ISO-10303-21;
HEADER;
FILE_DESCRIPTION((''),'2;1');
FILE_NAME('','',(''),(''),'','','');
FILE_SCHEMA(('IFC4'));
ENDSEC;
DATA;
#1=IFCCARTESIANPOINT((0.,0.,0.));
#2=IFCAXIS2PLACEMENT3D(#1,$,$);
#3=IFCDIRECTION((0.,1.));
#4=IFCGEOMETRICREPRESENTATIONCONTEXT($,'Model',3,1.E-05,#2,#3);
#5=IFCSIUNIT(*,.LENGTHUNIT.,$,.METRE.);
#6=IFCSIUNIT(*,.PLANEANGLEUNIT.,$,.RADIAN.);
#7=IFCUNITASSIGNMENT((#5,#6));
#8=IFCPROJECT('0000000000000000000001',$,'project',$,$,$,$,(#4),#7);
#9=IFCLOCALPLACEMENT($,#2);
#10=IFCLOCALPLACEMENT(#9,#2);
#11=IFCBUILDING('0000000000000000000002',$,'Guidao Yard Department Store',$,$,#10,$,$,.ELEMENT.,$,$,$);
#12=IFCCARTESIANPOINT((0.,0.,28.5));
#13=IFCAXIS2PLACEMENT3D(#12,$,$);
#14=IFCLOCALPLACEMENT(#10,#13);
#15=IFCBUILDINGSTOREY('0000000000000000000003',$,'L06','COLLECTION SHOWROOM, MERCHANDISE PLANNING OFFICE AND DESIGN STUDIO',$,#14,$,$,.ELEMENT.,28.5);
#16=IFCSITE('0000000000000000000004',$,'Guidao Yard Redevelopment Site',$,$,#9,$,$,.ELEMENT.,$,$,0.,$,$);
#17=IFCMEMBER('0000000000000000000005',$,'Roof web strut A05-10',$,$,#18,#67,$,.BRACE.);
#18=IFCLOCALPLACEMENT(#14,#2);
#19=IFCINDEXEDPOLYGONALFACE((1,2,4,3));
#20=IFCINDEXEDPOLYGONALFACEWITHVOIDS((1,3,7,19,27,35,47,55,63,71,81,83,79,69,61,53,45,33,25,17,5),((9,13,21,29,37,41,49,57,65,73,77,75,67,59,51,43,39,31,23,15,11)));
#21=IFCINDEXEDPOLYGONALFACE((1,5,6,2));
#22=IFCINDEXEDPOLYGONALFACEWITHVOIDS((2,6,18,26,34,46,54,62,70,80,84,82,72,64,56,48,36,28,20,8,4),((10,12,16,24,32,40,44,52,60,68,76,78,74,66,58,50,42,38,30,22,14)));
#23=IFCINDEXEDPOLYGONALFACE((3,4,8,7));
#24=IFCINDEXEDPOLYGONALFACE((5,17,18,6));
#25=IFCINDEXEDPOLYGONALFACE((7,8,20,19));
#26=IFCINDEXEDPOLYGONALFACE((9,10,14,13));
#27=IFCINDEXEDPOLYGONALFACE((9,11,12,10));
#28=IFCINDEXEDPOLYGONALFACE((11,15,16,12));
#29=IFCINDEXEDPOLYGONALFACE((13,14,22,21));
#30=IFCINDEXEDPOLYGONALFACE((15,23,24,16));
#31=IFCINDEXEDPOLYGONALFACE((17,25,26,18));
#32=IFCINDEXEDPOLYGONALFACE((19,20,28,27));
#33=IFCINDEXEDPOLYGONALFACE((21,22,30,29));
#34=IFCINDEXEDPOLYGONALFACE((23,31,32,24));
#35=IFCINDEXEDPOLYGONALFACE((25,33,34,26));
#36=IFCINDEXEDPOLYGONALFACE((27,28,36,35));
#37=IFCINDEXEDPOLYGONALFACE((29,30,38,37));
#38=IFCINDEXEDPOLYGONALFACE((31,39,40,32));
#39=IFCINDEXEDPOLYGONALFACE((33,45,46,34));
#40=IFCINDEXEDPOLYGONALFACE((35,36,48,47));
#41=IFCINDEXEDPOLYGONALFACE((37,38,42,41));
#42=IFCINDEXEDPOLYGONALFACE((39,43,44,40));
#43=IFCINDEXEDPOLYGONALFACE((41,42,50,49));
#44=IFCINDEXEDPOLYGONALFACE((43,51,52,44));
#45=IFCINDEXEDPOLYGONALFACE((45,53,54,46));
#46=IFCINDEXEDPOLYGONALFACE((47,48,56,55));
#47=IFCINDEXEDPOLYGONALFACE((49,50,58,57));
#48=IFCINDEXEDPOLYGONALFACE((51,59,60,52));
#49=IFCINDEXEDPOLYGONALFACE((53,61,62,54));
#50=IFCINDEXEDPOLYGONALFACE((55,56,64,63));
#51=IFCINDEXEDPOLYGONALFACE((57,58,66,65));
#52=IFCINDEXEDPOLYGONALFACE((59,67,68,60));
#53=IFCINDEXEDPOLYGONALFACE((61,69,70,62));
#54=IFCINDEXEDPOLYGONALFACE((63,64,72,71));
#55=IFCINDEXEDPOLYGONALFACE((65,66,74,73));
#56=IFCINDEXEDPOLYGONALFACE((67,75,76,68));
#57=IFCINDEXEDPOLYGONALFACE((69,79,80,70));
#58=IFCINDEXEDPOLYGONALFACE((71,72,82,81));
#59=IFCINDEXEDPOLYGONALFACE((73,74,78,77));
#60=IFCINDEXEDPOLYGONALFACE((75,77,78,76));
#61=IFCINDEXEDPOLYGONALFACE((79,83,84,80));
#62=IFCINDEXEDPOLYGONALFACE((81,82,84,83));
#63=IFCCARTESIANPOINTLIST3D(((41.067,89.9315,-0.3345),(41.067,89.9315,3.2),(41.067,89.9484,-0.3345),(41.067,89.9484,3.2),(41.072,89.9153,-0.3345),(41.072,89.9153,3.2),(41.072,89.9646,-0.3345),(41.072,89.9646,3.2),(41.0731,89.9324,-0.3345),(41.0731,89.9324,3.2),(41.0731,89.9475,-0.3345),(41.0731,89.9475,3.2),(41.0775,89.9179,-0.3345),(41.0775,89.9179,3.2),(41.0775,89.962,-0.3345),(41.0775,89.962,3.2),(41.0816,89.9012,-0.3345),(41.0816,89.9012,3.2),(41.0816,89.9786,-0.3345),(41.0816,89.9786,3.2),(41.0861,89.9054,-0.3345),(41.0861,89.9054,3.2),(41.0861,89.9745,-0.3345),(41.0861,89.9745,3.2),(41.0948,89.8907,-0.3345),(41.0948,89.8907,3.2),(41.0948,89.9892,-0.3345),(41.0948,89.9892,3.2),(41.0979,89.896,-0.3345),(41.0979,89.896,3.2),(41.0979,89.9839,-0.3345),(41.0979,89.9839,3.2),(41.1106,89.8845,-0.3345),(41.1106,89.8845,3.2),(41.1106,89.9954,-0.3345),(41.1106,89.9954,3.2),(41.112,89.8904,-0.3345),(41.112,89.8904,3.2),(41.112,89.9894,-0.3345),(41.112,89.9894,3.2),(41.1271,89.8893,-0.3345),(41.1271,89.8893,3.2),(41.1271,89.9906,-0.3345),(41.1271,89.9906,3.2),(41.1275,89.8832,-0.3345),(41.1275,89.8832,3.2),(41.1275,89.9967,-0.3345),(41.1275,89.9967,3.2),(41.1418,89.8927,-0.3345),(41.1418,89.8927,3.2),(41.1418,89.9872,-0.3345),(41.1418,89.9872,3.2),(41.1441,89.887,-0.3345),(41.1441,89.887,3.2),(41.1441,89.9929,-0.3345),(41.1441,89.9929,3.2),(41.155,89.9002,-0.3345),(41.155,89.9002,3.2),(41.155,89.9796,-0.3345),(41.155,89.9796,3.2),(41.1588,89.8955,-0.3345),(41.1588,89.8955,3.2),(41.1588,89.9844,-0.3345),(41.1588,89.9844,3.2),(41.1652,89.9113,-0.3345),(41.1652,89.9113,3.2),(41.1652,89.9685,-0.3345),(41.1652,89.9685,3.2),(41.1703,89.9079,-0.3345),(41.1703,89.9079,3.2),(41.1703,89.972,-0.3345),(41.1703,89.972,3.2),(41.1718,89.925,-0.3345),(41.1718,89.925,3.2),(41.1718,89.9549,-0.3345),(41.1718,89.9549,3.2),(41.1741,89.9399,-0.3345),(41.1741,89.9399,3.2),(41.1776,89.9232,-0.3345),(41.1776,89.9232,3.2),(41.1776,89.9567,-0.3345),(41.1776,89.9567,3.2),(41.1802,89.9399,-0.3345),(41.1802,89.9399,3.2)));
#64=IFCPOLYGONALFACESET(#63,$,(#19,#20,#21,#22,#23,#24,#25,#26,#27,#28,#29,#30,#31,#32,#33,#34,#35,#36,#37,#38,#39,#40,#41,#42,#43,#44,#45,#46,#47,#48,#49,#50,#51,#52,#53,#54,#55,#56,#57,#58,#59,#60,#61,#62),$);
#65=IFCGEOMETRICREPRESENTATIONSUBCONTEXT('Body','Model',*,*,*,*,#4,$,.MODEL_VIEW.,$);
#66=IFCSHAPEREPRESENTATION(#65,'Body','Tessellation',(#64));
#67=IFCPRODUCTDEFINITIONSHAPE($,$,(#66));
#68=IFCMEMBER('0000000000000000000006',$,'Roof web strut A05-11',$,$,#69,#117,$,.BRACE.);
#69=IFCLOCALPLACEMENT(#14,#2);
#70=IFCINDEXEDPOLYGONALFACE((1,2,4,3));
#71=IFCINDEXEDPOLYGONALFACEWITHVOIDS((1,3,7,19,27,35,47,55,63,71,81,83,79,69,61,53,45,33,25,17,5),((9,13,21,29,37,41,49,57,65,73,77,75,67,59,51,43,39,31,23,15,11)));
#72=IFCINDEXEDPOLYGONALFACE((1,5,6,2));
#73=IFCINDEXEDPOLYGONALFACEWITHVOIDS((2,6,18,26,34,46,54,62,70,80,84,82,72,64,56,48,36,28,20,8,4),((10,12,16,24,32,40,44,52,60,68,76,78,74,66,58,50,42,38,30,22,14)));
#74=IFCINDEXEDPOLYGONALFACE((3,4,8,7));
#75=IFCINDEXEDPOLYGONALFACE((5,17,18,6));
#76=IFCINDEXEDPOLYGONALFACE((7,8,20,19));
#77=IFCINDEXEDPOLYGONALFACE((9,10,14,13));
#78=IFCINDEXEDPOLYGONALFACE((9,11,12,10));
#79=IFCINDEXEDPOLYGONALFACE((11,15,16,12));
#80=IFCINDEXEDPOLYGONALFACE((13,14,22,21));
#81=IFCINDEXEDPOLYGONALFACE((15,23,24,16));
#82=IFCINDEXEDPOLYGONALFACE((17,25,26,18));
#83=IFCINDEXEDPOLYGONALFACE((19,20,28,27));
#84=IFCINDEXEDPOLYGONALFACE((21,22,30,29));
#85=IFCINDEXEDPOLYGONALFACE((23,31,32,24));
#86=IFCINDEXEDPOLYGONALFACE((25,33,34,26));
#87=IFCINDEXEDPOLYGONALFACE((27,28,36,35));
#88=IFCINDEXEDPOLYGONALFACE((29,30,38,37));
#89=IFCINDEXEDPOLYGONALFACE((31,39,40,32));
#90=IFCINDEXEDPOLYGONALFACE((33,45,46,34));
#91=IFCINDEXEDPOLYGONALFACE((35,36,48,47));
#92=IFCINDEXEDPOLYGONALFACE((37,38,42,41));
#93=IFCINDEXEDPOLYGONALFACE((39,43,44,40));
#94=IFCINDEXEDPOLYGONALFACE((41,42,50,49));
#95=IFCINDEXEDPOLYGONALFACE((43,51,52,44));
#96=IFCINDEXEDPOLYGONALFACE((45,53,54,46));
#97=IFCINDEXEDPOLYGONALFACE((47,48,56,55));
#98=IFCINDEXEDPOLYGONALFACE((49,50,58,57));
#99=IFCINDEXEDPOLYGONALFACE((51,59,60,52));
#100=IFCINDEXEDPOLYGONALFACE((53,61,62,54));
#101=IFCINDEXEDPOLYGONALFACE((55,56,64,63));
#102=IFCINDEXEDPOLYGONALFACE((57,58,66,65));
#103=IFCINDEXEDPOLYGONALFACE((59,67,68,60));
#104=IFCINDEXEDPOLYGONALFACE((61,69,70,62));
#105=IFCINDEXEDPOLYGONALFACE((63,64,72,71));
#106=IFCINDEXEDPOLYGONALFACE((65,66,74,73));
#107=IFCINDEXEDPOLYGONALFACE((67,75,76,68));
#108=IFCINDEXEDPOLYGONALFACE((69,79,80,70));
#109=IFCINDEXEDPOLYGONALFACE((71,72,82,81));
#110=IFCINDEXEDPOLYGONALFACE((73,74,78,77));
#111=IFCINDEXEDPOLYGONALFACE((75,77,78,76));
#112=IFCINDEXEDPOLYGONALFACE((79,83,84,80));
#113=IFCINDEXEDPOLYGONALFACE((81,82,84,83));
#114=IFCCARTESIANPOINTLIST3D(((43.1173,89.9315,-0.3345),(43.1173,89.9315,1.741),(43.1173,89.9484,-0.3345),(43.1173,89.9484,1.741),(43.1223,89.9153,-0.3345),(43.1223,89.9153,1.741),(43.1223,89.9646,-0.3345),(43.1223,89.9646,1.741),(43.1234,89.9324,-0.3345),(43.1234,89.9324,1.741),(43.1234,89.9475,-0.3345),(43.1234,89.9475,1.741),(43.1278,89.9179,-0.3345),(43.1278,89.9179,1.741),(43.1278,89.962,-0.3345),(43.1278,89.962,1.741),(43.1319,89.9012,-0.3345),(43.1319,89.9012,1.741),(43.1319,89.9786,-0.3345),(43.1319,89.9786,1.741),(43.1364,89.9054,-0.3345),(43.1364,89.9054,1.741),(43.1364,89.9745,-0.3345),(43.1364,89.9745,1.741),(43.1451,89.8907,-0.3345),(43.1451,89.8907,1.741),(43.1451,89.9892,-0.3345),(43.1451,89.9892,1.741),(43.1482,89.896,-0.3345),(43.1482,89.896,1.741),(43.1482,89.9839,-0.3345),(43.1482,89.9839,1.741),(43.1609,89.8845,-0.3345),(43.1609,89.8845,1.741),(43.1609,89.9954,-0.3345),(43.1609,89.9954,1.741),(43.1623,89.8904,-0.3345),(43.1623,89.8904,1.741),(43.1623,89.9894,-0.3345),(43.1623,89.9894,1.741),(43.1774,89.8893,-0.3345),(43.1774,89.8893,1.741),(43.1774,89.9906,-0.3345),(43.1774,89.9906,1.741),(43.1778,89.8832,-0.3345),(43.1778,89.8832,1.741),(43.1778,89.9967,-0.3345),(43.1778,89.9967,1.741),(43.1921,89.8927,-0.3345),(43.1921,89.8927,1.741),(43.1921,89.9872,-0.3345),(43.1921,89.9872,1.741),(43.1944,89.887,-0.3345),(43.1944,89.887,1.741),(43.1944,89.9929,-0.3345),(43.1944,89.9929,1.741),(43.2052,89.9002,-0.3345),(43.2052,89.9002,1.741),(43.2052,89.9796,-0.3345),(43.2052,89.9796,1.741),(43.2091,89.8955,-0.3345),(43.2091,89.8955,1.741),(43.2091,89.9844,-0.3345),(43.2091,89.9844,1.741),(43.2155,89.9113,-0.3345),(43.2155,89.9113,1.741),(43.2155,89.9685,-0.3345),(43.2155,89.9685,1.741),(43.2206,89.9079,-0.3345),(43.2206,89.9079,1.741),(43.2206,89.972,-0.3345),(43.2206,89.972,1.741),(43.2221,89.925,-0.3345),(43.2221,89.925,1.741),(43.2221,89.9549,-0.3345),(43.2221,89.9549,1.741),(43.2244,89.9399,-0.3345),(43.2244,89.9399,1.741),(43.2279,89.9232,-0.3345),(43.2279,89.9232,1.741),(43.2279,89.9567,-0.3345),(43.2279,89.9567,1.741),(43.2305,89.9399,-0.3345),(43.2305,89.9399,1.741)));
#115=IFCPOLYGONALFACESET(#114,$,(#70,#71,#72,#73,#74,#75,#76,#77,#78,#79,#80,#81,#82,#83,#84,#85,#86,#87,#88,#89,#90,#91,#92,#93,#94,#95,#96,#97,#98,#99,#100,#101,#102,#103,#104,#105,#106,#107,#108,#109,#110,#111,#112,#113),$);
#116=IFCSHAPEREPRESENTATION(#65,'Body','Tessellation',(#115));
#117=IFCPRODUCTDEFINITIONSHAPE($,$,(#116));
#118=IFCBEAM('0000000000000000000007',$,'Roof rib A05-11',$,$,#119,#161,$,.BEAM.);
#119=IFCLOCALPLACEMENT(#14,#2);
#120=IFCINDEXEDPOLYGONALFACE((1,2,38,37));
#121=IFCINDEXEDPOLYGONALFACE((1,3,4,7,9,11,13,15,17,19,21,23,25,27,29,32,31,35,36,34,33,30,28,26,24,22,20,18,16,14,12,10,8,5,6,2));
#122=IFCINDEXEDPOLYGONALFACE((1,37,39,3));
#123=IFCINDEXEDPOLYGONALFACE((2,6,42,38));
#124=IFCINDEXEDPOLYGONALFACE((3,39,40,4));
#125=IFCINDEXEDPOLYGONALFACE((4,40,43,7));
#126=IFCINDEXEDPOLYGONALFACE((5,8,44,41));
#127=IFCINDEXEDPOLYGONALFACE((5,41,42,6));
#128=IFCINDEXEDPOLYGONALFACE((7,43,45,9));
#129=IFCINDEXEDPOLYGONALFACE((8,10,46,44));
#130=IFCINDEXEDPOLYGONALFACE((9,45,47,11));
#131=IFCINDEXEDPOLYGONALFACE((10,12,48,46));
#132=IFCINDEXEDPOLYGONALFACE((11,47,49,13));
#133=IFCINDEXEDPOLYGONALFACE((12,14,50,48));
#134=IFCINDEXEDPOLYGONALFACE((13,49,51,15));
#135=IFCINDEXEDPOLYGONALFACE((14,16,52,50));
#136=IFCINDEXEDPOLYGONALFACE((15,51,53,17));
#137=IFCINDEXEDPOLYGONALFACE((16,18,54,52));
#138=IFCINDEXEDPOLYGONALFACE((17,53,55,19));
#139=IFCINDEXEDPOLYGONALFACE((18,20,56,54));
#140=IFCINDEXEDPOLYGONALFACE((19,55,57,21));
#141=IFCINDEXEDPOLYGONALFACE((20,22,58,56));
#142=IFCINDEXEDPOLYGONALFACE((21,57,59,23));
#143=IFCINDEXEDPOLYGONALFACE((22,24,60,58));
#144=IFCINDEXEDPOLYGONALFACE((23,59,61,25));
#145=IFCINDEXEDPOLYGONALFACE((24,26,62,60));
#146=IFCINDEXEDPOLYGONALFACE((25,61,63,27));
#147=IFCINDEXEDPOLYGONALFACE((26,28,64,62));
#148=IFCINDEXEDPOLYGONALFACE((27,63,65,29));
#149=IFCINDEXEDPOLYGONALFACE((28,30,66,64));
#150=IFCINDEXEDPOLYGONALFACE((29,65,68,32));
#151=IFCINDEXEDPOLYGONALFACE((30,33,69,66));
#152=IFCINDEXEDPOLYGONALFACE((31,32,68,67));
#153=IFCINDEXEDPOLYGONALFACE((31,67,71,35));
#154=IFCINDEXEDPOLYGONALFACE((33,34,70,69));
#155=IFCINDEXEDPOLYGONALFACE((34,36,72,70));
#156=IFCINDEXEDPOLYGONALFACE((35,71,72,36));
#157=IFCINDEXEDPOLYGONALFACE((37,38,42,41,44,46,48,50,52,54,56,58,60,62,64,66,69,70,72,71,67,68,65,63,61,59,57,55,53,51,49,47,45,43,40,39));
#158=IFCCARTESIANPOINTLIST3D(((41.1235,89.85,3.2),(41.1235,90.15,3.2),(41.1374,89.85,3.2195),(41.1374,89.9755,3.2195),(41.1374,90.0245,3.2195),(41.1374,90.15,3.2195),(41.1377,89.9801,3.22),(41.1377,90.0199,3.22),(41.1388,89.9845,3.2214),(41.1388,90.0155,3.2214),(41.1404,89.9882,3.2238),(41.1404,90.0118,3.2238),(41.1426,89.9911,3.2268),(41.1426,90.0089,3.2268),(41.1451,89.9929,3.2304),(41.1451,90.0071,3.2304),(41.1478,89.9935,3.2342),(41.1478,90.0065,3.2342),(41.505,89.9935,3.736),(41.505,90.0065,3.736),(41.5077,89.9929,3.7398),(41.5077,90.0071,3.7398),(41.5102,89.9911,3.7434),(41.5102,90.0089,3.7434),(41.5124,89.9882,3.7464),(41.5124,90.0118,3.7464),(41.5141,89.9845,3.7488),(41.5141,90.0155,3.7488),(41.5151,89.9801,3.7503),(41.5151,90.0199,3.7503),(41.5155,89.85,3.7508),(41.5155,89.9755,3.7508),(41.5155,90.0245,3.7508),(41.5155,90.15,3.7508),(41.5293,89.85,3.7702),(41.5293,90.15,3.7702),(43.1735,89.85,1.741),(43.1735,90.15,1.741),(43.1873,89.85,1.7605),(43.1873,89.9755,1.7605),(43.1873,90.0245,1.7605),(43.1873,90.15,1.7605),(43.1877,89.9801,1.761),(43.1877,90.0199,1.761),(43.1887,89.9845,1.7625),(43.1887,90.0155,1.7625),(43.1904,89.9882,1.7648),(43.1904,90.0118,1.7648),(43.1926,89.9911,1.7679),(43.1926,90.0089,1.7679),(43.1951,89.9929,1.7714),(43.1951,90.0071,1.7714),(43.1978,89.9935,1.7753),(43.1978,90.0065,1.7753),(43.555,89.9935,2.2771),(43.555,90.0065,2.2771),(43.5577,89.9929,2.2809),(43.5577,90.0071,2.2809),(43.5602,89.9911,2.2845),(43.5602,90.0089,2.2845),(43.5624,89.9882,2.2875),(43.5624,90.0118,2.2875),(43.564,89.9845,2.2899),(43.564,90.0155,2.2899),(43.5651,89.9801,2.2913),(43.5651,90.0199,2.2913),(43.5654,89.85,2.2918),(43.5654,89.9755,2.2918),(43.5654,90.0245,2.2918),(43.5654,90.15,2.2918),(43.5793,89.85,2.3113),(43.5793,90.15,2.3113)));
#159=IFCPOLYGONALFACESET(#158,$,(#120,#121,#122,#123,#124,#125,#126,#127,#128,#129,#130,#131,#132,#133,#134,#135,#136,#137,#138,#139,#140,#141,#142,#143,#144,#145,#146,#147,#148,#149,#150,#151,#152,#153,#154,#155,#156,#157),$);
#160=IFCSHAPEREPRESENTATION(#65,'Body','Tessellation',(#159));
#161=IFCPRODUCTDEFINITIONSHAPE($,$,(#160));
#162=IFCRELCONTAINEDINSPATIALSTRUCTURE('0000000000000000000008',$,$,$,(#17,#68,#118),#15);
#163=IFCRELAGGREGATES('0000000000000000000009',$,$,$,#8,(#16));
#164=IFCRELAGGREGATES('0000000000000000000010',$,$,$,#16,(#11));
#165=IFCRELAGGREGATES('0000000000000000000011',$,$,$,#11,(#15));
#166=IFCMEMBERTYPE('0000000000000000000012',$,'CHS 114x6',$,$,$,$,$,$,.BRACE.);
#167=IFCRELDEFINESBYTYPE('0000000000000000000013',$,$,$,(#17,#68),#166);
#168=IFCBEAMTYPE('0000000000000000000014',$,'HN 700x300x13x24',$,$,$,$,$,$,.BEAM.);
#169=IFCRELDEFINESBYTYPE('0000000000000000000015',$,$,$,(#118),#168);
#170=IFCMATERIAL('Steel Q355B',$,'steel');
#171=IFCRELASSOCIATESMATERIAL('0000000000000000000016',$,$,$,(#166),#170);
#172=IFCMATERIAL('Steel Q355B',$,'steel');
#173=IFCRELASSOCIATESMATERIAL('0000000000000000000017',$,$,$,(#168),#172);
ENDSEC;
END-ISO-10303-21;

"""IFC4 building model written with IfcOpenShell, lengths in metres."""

from ifc_helpers import new_model, si_unit, direction, frame, origin, origin_2d, place, context, subcontext, project, spatial, hollow_circle, i_section, extrude, material, material_profile, profile_set, type_object, element, save


model = new_model("IFC4")

# Units and contexts
model_context = context("Model", 3, precision=1e-05, world=origin(), true_north=direction((0.0, 1.0)))
body_context = subcontext(model_context, "Body", "Model", "MODEL_VIEW")
ifc_project = project(units=[si_unit("LENGTHUNIT", "METRE"), si_unit("PLANEANGLEUNIT", "RADIAN")], contexts=[model_context])

# Site, building, storey
site_placement = place(None, origin())
site = spatial("IfcSite", under=ifc_project, at=site_placement, Name="Guidao Yard Redevelopment Site", CompositionType="ELEMENT", RefElevation=0.0)
building_placement = place(site_placement, origin())
building = spatial("IfcBuilding", under=site, at=building_placement, Name="Guidao Yard Department Store", CompositionType="ELEMENT")
storey_placement = place(building_placement, frame((0.0, 0.0, 28.5)))
storey = spatial("IfcBuildingStorey", under=building, at=storey_placement, Name="L06", Description="COLLECTION SHOWROOM, MERCHANDISE PLANNING OFFICE AND DESIGN STUDIO", CompositionType="ELEMENT", Elevation=28.5)

# Members
ifc_material_1 = material(Name="Steel Q355B", Category="steel")
ifc_material_profile_1 = material_profile(ifc_material_1, hollow_circle(Radius=0.0569, WallThickness=0.0061, at=origin_2d()), Name="CHS 114x6")
ifc_profile_set_1 = profile_set([ifc_material_profile_1], Name="Steel Q355B")
member_type_1 = type_object("IfcMemberType", Name="CHS 114x6", PredefinedType="BRACE", material=ifc_profile_set_1)
member_1_placement = place(storey_placement, frame((41.1233, 89.9399, -0.3345), z_axis=(0.0, 0.0, 1.0), x_axis=(1.0, 0.0, 0.0)))
element("IfcMember", 1, at=member_1_placement, inside=storey, type_object=member_type_1, Name="Roof web strut A05-10", PredefinedType="BRACE", context=body_context, shape_type="SweptSolid", body=[
    extrude(hollow_circle(Radius=0.0569, WallThickness=0.0061, at=origin_2d()), origin(), (0.0, 0.0, 1.0), 3.5344),
])
member_2_placement = place(storey_placement, frame((43.1736, 89.9399, -0.3345), z_axis=(0.0, 0.0, 1.0), x_axis=(1.0, 0.0, 0.0)))
element("IfcMember", 2, at=member_2_placement, inside=storey, type_object=member_type_1, Name="Roof web strut A05-11", PredefinedType="BRACE", context=body_context, shape_type="SweptSolid", body=[
    extrude(hollow_circle(Radius=0.0569, WallThickness=0.0061, at=origin_2d()), origin(), (0.0, 0.0, 1.0), 2.0754),
])

# Beam
ifc_material_2 = material(Name="Steel Q355B", Category="steel")
ifc_material_profile_2 = material_profile(ifc_material_2, i_section(OverallWidth=0.3, OverallDepth=0.7, WebThickness=0.0129, FlangeThickness=0.0239, FilletRadius=0.0181, at=origin_2d()), Name="HN 700x300x13x24")
ifc_profile_set_2 = profile_set([ifc_material_profile_2], Name="Steel Q355B")
beam_type_1 = type_object("IfcBeamType", Name="HN 700x300x13x24", PredefinedType="BEAM", material=ifc_profile_set_2)
beam_1_placement = place(storey_placement, frame((41.3264, 90.0, 3.4851), z_axis=(0.814735, 0.0, -0.579833), x_axis=(0.0, 1.0, 0.0)))
element("IfcBeam", 3, at=beam_1_placement, inside=storey, type_object=beam_type_1, Name="Roof rib A05-11", PredefinedType="BEAM", context=body_context, shape_type="SweptSolid", body=[
    extrude(i_section(OverallWidth=0.3, OverallDepth=0.7, WebThickness=0.0129, FlangeThickness=0.0239, FilletRadius=0.0181, at=origin_2d()), origin(), (0.0, 0.0, 1.0), 2.5161),
])

save(model, "model.ifc")
